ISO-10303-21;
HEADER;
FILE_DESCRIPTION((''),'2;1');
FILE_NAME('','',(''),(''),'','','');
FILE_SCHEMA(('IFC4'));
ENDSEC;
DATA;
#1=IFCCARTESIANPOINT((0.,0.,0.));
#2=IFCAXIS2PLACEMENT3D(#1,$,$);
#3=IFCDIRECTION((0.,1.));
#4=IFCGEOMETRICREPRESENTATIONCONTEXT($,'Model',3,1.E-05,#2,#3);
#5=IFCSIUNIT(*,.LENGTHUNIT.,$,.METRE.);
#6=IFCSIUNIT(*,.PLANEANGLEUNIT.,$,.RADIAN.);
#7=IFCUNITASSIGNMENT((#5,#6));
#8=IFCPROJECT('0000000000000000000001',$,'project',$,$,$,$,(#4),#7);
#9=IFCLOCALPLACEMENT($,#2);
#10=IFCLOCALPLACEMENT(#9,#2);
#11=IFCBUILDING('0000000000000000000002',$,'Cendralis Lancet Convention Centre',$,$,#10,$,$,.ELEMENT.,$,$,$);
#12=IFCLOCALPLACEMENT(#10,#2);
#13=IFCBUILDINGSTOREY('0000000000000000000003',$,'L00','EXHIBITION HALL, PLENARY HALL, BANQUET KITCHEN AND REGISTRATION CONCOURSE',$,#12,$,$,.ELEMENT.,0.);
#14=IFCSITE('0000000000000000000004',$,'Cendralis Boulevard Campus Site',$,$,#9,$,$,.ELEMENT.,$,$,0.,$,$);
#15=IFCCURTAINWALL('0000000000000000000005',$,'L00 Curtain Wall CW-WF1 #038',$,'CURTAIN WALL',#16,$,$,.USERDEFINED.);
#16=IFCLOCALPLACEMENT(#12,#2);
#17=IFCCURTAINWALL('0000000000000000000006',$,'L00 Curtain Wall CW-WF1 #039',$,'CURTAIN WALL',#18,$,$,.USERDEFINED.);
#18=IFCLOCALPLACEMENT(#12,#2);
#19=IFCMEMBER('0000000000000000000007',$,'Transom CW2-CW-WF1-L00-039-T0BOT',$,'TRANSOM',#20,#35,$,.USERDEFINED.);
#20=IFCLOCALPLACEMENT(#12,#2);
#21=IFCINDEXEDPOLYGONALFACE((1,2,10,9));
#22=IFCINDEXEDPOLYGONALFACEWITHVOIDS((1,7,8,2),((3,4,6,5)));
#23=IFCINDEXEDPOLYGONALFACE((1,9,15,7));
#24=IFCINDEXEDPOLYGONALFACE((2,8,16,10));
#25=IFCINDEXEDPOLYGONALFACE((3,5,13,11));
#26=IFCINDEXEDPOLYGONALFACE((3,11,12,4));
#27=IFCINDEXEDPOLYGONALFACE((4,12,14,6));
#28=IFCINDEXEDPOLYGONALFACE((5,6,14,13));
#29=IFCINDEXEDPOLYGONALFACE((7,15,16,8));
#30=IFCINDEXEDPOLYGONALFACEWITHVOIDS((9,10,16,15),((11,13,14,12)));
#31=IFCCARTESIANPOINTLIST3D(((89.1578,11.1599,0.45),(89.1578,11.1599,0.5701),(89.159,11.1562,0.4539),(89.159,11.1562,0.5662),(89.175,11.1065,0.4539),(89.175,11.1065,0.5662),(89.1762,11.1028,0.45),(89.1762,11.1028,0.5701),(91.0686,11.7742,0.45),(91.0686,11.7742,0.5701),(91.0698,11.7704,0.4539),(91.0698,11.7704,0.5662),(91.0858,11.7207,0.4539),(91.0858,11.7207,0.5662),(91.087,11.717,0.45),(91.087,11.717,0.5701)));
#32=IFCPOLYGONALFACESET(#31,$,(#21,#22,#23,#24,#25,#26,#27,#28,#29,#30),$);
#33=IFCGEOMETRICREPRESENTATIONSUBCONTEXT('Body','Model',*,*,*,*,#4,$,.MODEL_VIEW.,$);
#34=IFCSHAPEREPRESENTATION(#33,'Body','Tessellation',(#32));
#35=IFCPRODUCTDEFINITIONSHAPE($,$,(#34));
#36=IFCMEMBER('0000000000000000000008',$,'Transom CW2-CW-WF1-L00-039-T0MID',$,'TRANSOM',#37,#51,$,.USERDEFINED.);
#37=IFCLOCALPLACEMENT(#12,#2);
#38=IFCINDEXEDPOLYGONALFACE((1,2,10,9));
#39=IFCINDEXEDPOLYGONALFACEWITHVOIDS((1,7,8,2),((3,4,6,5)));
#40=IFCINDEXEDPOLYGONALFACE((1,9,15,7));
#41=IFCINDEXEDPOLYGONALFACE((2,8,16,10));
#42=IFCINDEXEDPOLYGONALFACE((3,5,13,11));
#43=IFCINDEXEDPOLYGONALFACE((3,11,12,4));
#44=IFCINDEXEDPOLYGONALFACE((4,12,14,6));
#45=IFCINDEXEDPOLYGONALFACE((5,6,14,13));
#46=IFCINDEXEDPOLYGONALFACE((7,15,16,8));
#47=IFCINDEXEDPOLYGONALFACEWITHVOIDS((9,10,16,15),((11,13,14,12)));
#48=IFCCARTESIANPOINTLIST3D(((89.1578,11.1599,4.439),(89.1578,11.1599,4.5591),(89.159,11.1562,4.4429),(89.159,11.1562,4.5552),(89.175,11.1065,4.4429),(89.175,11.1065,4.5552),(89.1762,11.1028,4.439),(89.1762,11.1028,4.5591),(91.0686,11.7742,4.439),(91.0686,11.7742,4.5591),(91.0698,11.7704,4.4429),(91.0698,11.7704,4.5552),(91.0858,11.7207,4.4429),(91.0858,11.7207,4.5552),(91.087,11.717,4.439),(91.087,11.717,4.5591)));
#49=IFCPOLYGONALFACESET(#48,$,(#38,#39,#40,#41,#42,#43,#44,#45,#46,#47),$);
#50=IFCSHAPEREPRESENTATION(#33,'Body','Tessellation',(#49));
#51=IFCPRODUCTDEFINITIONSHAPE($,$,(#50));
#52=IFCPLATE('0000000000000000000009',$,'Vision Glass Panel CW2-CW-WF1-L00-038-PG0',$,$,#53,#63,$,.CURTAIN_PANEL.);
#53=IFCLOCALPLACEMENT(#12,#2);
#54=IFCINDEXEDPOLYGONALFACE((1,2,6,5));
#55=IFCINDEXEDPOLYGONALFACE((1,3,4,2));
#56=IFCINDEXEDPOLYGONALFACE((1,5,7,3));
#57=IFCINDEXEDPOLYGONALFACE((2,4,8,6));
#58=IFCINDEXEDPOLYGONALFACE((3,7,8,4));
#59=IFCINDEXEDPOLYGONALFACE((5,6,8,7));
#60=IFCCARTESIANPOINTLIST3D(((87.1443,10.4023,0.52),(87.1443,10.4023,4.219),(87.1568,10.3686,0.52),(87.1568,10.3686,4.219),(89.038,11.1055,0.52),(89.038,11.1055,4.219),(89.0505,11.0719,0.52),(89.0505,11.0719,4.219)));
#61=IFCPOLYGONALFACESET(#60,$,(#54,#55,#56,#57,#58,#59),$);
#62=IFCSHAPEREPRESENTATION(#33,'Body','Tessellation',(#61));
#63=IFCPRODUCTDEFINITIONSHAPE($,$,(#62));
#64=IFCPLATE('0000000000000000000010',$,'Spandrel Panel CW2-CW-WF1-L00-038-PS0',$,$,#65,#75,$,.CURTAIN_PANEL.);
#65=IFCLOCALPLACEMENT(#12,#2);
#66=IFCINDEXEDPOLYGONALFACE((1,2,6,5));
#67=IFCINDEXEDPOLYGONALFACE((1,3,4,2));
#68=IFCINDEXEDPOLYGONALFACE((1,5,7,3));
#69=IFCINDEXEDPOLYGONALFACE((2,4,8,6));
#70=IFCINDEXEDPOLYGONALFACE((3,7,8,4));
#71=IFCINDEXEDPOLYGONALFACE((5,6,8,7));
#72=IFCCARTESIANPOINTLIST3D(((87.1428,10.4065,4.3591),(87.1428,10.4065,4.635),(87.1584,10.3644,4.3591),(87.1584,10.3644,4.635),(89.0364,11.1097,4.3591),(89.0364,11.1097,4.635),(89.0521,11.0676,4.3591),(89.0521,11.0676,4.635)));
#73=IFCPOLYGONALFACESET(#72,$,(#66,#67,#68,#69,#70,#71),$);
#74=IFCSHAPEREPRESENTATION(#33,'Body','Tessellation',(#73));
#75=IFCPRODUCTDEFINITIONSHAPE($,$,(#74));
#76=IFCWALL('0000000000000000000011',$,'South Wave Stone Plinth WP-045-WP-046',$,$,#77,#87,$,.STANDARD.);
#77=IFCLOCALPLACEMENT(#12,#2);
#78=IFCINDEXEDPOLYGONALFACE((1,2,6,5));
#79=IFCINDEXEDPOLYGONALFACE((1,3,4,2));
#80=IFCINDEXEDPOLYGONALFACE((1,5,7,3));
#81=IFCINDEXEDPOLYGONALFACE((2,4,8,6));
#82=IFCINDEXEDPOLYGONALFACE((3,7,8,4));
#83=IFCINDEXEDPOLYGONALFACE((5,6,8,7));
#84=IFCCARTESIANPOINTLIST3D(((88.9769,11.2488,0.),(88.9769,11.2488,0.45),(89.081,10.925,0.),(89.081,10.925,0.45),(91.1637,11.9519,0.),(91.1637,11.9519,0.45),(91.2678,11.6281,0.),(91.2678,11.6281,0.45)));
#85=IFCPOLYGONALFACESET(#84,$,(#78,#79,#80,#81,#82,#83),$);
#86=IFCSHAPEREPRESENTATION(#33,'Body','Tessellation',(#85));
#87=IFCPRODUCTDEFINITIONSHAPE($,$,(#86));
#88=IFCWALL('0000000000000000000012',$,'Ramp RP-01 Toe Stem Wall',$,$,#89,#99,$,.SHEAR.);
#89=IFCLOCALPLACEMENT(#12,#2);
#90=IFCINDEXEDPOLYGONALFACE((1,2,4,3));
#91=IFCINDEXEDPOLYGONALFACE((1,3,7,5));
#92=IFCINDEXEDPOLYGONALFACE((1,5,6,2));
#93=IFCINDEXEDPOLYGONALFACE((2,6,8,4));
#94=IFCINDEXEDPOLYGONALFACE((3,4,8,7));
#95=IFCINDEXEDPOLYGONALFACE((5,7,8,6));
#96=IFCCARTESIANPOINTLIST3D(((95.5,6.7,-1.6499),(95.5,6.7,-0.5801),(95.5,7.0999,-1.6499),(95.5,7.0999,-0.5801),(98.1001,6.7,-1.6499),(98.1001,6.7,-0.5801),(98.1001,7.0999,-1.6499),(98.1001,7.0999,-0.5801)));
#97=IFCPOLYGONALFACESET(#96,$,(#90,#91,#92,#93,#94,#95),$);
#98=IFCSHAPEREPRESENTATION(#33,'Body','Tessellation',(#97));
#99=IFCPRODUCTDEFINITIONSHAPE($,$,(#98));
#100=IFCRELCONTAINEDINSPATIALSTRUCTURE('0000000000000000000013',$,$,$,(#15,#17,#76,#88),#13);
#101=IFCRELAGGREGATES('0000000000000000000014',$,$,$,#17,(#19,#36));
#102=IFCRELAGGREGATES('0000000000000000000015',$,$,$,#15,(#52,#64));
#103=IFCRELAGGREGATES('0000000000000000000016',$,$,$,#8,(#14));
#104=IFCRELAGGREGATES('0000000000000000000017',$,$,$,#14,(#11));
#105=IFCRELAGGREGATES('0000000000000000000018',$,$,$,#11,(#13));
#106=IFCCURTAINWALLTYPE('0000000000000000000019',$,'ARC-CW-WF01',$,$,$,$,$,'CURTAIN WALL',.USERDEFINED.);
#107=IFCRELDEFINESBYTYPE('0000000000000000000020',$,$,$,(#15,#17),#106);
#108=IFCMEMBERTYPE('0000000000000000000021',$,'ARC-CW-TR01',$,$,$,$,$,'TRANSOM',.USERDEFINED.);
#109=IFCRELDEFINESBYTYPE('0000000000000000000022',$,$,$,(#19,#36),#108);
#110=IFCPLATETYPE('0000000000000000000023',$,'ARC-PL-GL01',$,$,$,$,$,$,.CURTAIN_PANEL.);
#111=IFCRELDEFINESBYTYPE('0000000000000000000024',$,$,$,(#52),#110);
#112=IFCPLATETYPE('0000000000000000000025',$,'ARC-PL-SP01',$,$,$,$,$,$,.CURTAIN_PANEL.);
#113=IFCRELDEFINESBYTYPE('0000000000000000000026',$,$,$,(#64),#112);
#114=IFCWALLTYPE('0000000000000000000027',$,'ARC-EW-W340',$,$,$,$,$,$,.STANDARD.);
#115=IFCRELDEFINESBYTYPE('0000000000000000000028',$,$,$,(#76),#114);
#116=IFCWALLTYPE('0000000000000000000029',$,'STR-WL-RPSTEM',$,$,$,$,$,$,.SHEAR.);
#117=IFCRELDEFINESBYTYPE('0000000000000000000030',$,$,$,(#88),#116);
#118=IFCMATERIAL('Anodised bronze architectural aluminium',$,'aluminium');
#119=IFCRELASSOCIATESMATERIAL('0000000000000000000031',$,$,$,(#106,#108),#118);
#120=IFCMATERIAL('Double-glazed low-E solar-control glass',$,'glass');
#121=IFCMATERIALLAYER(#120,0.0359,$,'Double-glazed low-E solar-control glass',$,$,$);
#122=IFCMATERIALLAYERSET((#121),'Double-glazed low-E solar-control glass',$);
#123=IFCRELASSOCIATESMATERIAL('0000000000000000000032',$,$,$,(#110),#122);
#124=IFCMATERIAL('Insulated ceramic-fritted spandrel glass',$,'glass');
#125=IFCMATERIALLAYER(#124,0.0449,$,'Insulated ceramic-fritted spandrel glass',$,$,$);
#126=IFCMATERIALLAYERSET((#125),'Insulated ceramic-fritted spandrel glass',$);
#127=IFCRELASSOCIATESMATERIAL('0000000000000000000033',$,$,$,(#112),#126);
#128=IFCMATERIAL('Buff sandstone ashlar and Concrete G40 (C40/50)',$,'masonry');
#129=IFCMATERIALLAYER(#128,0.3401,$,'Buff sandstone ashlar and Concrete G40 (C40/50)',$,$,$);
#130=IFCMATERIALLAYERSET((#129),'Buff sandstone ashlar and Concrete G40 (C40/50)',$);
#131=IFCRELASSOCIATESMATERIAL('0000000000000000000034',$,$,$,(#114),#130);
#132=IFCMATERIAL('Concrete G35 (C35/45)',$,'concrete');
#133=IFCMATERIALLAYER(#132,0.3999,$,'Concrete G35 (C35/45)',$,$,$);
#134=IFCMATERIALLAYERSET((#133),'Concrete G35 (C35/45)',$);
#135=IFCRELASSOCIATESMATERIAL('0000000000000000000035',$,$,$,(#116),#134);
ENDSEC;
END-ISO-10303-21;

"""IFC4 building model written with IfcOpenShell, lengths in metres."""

from ifc_helpers import new_model, si_unit, direction, frame, frame_2d, origin, origin_2d, place, context, subcontext, project, spatial, rectangle, hollow_rectangle, extrude, material, layer, layer_set, material_profile, profile_set, type_object, element, aggregate, save


model = new_model("IFC4")

# Units and contexts
model_context = context("Model", 3, precision=1e-05, world=origin(), true_north=direction((0.0, 1.0)))
body_context = subcontext(model_context, "Body", "Model", "MODEL_VIEW")
ifc_project = project(units=[si_unit("LENGTHUNIT", "METRE"), si_unit("PLANEANGLEUNIT", "RADIAN")], contexts=[model_context])

# Site, building, storey
site_placement = place(None, origin())
site = spatial("IfcSite", under=ifc_project, at=site_placement, Name="Cendralis Boulevard Campus Site", CompositionType="ELEMENT", RefElevation=0.0)
building_placement = place(site_placement, origin())
building = spatial("IfcBuilding", under=site, at=building_placement, Name="Cendralis Lancet Convention Centre", CompositionType="ELEMENT")
storey_placement = place(building_placement, origin())
storey = spatial("IfcBuildingStorey", under=building, at=storey_placement, Name="L00", Description="EXHIBITION HALL, PLENARY HALL, BANQUET KITCHEN AND REGISTRATION CONCOURSE", CompositionType="ELEMENT", Elevation=0.0)

# Shared definitions
ifc_material_1 = material(Name="Concrete G35 (C35/45)", Category="concrete")

# Shared definitions
ifc_material_2 = material(Name="Anodised bronze architectural aluminium", Category="aluminium")
curtain_wall_type = type_object("IfcCurtainWallType", Name="ARC-CW-WF01", ElementType="CURTAIN WALL", PredefinedType="USERDEFINED", material=ifc_material_2)

# Curtain wall
curtain_wall_1_placement = place(storey_placement, origin())
curtain_wall_1 = element("IfcCurtainWall", 1, at=curtain_wall_1_placement, inside=storey, type_object=curtain_wall_type, Name="L00 Curtain Wall CW-WF1 #038", ObjectType="CURTAIN WALL", PredefinedType="USERDEFINED")

# Curtain wall
curtain_wall_2_placement = place(storey_placement, origin())
curtain_wall_2 = element("IfcCurtainWall", 2, at=curtain_wall_2_placement, inside=storey, type_object=curtain_wall_type, Name="L00 Curtain Wall CW-WF1 #039", ObjectType="CURTAIN WALL", PredefinedType="USERDEFINED")

# Members
ifc_material_profile_1 = material_profile(ifc_material_2, hollow_rectangle(XDim=0.0601, YDim=0.1201, WallThickness=0.0039, at=origin_2d()), Name="AL-TRAN 60x120x4.0")
ifc_profile_set_1 = profile_set([ifc_material_profile_1], Name="Anodised bronze architectural aluminium")
member_type_1 = type_object("IfcMemberType", Name="ARC-CW-TR01", ElementType="TRANSOM", PredefinedType="USERDEFINED", material=ifc_profile_set_1)
member_1_placement = place(storey_placement, frame((89.167, 11.1313, 0.51), z_axis=(0.952022, 0.306029, 0.0), x_axis=(-0.306029, 0.952022, 0.0)))
member_1 = element("IfcMember", 3, at=member_1_placement, type_object=member_type_1, Name="Transom CW2-CW-WF1-L00-039-T0BOT", ObjectType="TRANSOM", PredefinedType="USERDEFINED", context=body_context, shape_type="SweptSolid", body=[
    extrude(hollow_rectangle(XDim=0.0601, YDim=0.1201, WallThickness=0.0039, at=origin_2d()), origin(), (0.0, 0.0, 1.0), 2.0071),
])
member_2_placement = place(storey_placement, frame((89.167, 11.1313, 4.499), z_axis=(0.952022, 0.306029, 0.0), x_axis=(-0.306029, 0.952022, 0.0)))
member_2 = element("IfcMember", 4, at=member_2_placement, type_object=member_type_1, Name="Transom CW2-CW-WF1-L00-039-T0MID", ObjectType="TRANSOM", PredefinedType="USERDEFINED", context=body_context, shape_type="SweptSolid", body=[
    extrude(hollow_rectangle(XDim=0.0601, YDim=0.1201, WallThickness=0.0039, at=origin_2d()), origin(), (0.0, 0.0, 1.0), 2.0071),
])
aggregate(curtain_wall_2, [member_1, member_2])

# Plates
ifc_material_3 = material(Name="Double-glazed low-E solar-control glass", Category="glass")
ifc_layer_1 = layer(ifc_material_3, 0.0359, Name="Double-glazed low-E solar-control glass")
ifc_layer_set_1 = layer_set([ifc_layer_1], Name="Double-glazed low-E solar-control glass")
plate_type_1 = type_object("IfcPlateType", Name="ARC-PL-GL01", PredefinedType="CURTAIN_PANEL", material=ifc_layer_set_1)
plate_1_placement = place(storey_placement, frame((88.0974, 10.7371, 0.52), z_axis=(0.0, 0.0, 1.0), x_axis=(0.937447, 0.348128, 0.0)))
plate_1 = element("IfcPlate", 5, at=plate_1_placement, type_object=plate_type_1, Name="Vision Glass Panel CW2-CW-WF1-L00-038-PG0", PredefinedType="CURTAIN_PANEL", context=body_context, shape_type="SweptSolid", body=[
    extrude(rectangle(XDim=2.02, YDim=0.0359, at=origin_2d()), origin(), (0.0, 0.0, 1.0), 3.699),
])
ifc_material_4 = material(Name="Insulated ceramic-fritted spandrel glass", Category="glass")
ifc_layer_2 = layer(ifc_material_4, 0.0449, Name="Insulated ceramic-fritted spandrel glass")
ifc_layer_set_2 = layer_set([ifc_layer_2], Name="Insulated ceramic-fritted spandrel glass")
plate_type_2 = type_object("IfcPlateType", Name="ARC-PL-SP01", PredefinedType="CURTAIN_PANEL", material=ifc_layer_set_2)
plate_2_placement = place(storey_placement, frame((88.0974, 10.7371, 4.3591), z_axis=(0.0, 0.0, 1.0), x_axis=(0.937447, 0.348128, 0.0)))
plate_2 = element("IfcPlate", 6, at=plate_2_placement, type_object=plate_type_2, Name="Spandrel Panel CW2-CW-WF1-L00-038-PS0", PredefinedType="CURTAIN_PANEL", context=body_context, shape_type="SweptSolid", body=[
    extrude(rectangle(XDim=2.02, YDim=0.0449, at=origin_2d()), origin(), (0.0, 0.0, 1.0), 0.2759),
])
aggregate(curtain_wall_1, [plate_1, plate_2])

# Walls
ifc_material_5 = material(Name="Buff sandstone ashlar and Concrete G40 (C40/50)", Category="masonry")
ifc_layer_3 = layer(ifc_material_5, 0.3401, Name="Buff sandstone ashlar and Concrete G40 (C40/50)")
ifc_layer_set_3 = layer_set([ifc_layer_3], Name="Buff sandstone ashlar and Concrete G40 (C40/50)")
wall_type_1 = type_object("IfcWallType", Name="ARC-EW-W340", PredefinedType="STANDARD", material=ifc_layer_set_3)
wall_1_placement = place(storey_placement, frame((89.0291, 11.0869, 0.0), z_axis=(0.0, 0.0, 1.0), x_axis=(0.951999, 0.306102, 0.0)))
element("IfcWall", 7, at=wall_1_placement, inside=storey, type_object=wall_type_1, Name="South Wave Stone Plinth WP-045-WP-046", PredefinedType="STANDARD", context=body_context, shape_type="SweptSolid", body=[
    extrude(rectangle(XDim=2.2971, YDim=0.3401, at=frame_2d((1.1484, 0.0))), origin(), (0.0, 0.0, 1.0), 0.45),
])
ifc_layer_4 = layer(ifc_material_1, 0.3999, Name="Concrete G35 (C35/45)")
ifc_layer_set_4 = layer_set([ifc_layer_4], Name="Concrete G35 (C35/45)")
wall_type_2 = type_object("IfcWallType", Name="STR-WL-RPSTEM", PredefinedType="SHEAR", material=ifc_layer_set_4)
wall_2_placement = place(storey_placement, frame((95.5, 6.8999, -1.6499), z_axis=(0.0, 0.0, 1.0), x_axis=(1.0, 0.0, 0.0)))
element("IfcWall", 8, at=wall_2_placement, inside=storey, type_object=wall_type_2, Name="Ramp RP-01 Toe Stem Wall", PredefinedType="SHEAR", context=body_context, shape_type="SweptSolid", body=[
    extrude(rectangle(XDim=2.6001, YDim=0.3999, at=frame_2d((1.3, 0.0))), origin(), (0.0, 0.0, 1.0), 1.0698),
])

save(model, "model.ifc")
